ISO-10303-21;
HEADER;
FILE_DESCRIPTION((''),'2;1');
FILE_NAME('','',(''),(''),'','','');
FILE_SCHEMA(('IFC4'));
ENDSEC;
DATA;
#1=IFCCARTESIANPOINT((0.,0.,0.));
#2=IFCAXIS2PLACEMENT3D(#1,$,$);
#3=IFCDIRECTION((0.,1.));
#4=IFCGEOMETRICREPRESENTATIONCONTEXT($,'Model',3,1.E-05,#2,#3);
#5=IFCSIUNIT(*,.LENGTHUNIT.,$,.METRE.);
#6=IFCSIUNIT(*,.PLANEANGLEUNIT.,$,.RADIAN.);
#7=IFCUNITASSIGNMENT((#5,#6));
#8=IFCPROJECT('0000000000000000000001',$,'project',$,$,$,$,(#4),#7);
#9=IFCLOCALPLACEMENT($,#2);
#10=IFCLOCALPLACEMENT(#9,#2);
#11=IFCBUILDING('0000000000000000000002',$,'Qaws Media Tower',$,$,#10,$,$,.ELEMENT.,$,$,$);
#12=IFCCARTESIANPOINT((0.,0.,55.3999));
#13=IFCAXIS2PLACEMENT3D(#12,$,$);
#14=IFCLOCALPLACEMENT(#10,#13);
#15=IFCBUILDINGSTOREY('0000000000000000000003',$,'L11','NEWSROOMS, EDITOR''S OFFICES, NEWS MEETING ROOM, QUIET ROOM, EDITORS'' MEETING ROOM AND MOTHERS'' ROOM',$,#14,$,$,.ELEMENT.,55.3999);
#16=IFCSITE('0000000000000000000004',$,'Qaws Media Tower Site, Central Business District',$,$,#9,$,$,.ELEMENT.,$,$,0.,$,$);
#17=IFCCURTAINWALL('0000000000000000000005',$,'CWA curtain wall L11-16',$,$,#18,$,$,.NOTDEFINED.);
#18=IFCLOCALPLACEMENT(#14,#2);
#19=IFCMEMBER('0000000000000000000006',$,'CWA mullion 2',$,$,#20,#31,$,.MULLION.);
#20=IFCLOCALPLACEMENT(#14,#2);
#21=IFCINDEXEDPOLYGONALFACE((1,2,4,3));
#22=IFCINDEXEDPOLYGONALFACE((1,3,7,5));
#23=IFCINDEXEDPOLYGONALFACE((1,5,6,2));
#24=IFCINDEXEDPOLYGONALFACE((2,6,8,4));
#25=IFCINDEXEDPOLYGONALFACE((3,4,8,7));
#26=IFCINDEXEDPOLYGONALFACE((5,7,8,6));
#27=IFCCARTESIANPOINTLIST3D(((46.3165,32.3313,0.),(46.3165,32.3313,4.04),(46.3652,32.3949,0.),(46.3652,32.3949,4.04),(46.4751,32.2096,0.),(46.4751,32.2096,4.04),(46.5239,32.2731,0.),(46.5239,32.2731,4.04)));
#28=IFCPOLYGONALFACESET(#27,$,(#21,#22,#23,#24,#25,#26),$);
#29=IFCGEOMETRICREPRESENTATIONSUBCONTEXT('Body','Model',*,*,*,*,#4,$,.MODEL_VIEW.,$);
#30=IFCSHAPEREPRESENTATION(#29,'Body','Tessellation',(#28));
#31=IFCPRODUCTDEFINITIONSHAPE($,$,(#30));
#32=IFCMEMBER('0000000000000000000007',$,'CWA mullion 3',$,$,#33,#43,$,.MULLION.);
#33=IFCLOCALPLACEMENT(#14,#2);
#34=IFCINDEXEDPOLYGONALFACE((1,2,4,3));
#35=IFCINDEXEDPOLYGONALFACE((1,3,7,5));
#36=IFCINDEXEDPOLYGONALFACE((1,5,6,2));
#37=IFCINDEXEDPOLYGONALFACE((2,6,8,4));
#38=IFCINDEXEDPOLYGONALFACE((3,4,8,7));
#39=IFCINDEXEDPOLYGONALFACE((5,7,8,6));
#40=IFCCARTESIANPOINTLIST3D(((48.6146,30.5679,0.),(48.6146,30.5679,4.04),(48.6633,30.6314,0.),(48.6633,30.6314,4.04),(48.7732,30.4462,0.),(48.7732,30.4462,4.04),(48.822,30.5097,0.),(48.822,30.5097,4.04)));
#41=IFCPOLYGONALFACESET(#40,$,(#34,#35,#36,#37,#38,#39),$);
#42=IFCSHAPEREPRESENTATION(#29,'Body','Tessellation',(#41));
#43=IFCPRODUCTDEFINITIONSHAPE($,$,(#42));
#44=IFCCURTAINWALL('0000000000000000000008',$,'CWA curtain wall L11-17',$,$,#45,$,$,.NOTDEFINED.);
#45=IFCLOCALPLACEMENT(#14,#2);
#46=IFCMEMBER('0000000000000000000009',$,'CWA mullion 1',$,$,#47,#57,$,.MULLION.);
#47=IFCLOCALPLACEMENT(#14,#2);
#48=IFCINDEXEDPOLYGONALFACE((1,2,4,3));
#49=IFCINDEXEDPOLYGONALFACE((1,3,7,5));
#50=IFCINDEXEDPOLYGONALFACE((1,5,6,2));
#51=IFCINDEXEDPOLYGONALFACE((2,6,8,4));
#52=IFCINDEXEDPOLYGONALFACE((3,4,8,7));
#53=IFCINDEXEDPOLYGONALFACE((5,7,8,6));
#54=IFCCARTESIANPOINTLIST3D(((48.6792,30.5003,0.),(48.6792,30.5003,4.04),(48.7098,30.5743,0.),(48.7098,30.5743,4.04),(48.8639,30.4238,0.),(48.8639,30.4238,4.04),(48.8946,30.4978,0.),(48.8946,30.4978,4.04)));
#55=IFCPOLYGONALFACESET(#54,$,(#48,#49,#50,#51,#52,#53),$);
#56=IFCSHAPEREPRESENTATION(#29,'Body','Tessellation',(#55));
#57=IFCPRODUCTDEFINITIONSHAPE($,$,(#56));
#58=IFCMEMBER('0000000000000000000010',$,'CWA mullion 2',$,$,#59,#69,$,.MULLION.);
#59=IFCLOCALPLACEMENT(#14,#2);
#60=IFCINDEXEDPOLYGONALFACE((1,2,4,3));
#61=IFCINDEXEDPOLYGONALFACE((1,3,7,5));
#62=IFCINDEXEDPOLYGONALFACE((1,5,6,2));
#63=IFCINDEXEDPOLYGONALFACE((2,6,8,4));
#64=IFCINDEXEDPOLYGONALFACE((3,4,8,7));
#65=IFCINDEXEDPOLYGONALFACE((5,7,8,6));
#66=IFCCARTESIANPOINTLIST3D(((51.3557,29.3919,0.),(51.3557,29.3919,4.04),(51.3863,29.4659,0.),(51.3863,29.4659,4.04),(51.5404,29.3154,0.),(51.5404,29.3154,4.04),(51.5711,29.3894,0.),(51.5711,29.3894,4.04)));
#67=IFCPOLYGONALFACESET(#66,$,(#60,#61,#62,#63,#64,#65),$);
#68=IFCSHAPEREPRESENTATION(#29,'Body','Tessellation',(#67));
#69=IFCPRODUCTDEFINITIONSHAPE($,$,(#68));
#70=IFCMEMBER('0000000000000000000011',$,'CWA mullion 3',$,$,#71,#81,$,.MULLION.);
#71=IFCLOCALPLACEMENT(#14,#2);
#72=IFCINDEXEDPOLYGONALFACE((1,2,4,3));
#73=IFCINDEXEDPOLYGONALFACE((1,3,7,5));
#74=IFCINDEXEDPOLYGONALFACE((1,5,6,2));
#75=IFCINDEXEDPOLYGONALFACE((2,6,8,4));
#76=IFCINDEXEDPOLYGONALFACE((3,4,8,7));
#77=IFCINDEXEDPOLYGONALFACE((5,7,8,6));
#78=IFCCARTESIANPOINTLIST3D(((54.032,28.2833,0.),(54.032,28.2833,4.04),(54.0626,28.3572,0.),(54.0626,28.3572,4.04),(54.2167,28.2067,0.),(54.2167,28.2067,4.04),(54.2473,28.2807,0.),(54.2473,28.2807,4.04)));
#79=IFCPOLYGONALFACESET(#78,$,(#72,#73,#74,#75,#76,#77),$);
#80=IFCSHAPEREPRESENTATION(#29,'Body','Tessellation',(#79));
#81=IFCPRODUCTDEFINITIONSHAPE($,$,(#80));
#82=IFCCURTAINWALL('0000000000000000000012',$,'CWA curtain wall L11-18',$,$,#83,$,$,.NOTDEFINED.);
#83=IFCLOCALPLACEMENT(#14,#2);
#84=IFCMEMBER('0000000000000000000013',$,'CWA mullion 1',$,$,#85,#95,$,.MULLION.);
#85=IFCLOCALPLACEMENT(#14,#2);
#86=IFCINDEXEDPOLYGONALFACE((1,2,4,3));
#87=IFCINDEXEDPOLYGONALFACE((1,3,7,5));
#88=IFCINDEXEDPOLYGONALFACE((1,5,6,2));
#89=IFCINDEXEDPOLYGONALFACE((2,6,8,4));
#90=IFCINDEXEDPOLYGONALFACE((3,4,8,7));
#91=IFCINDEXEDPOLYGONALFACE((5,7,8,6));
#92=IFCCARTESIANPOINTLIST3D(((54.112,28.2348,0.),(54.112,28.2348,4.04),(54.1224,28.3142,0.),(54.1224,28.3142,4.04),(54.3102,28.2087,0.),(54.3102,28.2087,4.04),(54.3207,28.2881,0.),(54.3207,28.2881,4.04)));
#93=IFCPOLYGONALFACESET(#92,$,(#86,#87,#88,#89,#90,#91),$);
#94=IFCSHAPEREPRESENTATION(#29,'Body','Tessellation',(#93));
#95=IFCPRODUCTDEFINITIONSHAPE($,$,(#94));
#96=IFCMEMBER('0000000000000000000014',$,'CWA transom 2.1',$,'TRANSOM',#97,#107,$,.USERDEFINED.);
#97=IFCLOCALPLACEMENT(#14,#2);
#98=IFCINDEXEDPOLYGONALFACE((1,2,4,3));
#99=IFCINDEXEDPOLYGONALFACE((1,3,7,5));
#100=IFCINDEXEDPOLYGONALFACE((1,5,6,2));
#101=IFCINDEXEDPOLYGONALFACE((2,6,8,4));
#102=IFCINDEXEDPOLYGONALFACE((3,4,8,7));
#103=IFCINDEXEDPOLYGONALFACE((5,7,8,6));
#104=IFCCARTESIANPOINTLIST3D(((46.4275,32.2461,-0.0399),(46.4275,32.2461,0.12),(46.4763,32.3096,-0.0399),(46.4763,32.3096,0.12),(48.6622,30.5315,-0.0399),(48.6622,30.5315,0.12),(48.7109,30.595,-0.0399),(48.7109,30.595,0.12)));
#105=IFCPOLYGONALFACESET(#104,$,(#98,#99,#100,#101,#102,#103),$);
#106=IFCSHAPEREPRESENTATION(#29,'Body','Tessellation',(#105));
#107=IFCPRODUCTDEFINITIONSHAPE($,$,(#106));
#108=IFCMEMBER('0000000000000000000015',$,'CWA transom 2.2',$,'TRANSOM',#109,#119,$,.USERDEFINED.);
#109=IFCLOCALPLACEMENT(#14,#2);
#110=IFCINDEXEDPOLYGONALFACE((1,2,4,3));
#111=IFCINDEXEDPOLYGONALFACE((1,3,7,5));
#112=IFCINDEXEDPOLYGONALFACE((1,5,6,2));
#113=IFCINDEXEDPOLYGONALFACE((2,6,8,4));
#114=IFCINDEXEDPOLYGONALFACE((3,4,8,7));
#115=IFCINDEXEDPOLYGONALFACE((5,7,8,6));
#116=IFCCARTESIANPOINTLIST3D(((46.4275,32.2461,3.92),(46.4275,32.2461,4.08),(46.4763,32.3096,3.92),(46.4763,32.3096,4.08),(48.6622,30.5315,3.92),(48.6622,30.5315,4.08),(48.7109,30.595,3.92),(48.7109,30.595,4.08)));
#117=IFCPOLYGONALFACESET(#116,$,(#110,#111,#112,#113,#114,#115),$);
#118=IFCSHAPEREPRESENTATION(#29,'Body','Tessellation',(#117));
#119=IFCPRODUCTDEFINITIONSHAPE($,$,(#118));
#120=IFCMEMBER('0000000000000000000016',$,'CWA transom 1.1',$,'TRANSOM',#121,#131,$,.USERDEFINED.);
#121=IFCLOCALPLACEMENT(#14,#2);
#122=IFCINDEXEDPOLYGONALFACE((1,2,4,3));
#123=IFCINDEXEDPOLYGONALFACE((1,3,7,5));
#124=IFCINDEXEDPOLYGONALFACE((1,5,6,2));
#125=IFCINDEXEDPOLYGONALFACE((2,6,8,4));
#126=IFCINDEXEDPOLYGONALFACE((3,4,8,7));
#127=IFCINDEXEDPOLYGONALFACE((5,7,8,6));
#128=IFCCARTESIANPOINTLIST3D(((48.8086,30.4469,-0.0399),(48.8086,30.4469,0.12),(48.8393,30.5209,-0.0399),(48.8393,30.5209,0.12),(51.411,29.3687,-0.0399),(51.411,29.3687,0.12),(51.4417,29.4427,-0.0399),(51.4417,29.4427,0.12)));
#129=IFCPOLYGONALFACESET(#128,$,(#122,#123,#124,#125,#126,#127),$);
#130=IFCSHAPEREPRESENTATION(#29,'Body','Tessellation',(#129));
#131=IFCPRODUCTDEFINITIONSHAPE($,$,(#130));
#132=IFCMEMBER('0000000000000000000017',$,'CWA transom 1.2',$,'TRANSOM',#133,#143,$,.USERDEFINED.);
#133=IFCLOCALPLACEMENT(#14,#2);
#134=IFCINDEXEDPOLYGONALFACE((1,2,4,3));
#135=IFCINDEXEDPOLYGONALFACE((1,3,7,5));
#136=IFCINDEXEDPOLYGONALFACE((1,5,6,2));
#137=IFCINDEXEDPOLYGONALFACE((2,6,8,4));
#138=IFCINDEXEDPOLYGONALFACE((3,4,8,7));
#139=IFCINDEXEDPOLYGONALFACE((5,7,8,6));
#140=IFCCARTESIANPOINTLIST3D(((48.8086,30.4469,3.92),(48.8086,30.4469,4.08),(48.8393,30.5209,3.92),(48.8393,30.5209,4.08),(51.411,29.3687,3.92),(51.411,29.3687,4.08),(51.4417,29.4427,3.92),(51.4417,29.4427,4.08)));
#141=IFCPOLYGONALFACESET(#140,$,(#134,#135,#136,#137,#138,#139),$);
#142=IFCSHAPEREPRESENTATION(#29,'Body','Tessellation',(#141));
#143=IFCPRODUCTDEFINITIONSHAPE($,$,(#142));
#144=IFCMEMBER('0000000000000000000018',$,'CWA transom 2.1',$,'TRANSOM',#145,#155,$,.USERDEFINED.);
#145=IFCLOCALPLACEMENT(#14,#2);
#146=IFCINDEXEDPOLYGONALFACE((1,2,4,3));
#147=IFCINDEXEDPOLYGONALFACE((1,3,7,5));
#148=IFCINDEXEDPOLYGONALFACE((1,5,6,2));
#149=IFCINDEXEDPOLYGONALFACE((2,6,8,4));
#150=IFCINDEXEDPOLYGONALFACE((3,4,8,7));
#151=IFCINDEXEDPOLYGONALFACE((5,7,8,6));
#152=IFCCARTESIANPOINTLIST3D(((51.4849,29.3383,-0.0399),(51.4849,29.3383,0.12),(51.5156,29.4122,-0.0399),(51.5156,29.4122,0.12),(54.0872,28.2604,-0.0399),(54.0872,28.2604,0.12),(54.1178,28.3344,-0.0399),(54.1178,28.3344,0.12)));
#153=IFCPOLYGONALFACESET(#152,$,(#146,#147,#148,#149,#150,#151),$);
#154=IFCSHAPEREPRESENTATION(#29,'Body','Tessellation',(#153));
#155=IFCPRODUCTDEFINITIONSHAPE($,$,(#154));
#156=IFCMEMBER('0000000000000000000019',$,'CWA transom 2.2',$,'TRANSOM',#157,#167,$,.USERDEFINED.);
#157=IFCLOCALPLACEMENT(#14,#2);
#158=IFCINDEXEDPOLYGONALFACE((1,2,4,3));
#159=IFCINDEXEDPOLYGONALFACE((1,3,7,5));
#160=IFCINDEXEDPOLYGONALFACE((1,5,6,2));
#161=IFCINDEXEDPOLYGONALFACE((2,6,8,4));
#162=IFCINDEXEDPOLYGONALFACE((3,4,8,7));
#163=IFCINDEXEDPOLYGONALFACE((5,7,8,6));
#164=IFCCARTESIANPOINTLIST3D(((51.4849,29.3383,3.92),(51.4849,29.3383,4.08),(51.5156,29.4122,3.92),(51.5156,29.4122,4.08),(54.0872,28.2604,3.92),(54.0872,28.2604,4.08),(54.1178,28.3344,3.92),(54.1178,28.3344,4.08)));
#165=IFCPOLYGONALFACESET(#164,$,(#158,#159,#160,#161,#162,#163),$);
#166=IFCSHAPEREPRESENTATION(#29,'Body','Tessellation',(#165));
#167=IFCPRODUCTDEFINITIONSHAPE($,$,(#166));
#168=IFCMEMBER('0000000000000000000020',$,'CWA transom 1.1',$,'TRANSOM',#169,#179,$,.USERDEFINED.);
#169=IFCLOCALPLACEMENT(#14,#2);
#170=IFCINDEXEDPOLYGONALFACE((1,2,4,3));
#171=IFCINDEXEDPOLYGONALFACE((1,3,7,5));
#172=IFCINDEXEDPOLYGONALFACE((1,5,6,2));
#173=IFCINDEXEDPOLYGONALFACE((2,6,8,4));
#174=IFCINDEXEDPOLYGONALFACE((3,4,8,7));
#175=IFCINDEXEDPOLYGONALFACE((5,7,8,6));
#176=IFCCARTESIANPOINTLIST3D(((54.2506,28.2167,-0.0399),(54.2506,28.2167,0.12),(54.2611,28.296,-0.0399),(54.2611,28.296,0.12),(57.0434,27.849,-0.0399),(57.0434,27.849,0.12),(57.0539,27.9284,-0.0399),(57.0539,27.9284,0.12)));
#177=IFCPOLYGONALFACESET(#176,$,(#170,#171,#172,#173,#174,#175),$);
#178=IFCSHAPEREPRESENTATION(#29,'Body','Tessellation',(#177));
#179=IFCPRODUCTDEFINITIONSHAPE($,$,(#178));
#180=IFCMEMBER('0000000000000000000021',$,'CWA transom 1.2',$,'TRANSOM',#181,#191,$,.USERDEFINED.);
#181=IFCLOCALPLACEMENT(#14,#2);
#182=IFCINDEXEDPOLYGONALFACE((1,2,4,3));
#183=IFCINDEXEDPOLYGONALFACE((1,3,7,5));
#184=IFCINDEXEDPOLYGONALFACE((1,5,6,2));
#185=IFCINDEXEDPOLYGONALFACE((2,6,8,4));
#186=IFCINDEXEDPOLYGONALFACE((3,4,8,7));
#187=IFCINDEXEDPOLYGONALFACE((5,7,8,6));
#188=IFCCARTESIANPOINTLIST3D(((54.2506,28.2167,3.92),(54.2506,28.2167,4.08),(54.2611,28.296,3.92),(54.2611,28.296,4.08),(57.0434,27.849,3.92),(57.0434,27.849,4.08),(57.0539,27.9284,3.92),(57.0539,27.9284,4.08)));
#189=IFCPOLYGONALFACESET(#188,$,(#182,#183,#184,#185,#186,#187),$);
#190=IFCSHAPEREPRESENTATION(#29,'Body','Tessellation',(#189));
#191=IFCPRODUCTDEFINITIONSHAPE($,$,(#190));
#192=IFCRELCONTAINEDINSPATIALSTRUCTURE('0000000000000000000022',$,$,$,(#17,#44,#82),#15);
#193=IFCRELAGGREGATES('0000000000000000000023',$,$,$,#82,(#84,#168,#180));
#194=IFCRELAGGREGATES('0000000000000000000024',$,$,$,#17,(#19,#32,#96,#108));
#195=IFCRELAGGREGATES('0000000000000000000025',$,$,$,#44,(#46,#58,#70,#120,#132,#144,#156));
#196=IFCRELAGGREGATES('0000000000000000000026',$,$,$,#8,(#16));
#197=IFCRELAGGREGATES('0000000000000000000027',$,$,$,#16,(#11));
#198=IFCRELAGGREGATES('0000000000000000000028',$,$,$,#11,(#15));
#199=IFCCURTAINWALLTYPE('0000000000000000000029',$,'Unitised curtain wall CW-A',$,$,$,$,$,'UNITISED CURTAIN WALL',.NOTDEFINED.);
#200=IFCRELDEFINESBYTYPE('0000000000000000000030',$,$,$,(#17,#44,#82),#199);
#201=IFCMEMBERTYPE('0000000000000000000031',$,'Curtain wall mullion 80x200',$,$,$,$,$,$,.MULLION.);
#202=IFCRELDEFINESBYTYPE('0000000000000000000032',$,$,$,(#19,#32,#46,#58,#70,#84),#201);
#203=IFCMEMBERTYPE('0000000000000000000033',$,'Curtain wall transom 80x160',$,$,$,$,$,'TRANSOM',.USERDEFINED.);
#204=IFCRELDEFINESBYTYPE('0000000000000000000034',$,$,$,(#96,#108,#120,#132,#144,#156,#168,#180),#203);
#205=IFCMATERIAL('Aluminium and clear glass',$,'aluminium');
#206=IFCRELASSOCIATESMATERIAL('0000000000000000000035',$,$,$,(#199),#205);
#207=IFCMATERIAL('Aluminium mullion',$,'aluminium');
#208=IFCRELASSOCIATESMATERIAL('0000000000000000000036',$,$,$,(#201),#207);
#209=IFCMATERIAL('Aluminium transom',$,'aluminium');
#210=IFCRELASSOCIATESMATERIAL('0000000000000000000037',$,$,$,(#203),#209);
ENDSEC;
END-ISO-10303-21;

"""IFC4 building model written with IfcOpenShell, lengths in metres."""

from ifc_helpers import new_model, si_unit, direction, frame, origin, origin_2d, place, context, subcontext, project, spatial, rectangle, extrude, material, material_profile, profile_set, type_object, element, aggregate, save


model = new_model("IFC4")

# Units and contexts
model_context = context("Model", 3, precision=1e-05, world=origin(), true_north=direction((0.0, 1.0)))
body_context = subcontext(model_context, "Body", "Model", "MODEL_VIEW")
ifc_project = project(units=[si_unit("LENGTHUNIT", "METRE"), si_unit("PLANEANGLEUNIT", "RADIAN")], contexts=[model_context])

# Site, building, storey
site_placement = place(None, origin())
site = spatial("IfcSite", under=ifc_project, at=site_placement, Name="Qaws Media Tower Site, Central Business District", CompositionType="ELEMENT", RefElevation=0.0)
building_placement = place(site_placement, origin())
building = spatial("IfcBuilding", under=site, at=building_placement, Name="Qaws Media Tower", CompositionType="ELEMENT")
storey_placement = place(building_placement, frame((0.0, 0.0, 55.3999)))
storey = spatial("IfcBuildingStorey", under=building, at=storey_placement, Name="L11", Description="NEWSROOMS, EDITOR'S OFFICES, NEWS MEETING ROOM, QUIET ROOM, EDITORS' MEETING ROOM AND MOTHERS' ROOM", CompositionType="ELEMENT", Elevation=55.3999)

# Curtain walls, members
ifc_material_1 = material(Name="Aluminium and clear glass", Category="aluminium")
curtain_wall_type = type_object("IfcCurtainWallType", Name="Unitised curtain wall CW-A", ElementType="UNITISED CURTAIN WALL", PredefinedType="NOTDEFINED", material=ifc_material_1)
curtain_wall_1_placement = place(storey_placement, origin())
curtain_wall_1 = element("IfcCurtainWall", 1, at=curtain_wall_1_placement, inside=storey, type_object=curtain_wall_type, Name="CWA curtain wall L11-16", PredefinedType="NOTDEFINED")
ifc_material_2 = material(Name="Aluminium mullion", Category="aluminium")
ifc_material_profile_1 = material_profile(ifc_material_2, rectangle(XDim=0.0801, YDim=0.2, at=origin_2d()), Name="80x200")
ifc_profile_set_1 = profile_set([ifc_material_profile_1], Name="Aluminium mullion")
member_type_1 = type_object("IfcMemberType", Name="Curtain wall mullion 80x200", PredefinedType="MULLION", material=ifc_profile_set_1)
member_1_placement = place(storey_placement, frame((46.4202, 32.3022, 0.0), z_axis=(0.0, 0.0, 1.0), x_axis=(0.608761, 0.793353, 0.0)))
member_1 = element("IfcMember", 2, at=member_1_placement, type_object=member_type_1, Name="CWA mullion 2", PredefinedType="MULLION", context=body_context, shape_type="SweptSolid", body=[
    extrude(rectangle(XDim=0.0801, YDim=0.2, at=origin_2d()), origin(), (0.0, 0.0, 1.0), 4.04),
])
member_2_placement = place(storey_placement, frame((48.7183, 30.5388, 0.0), z_axis=(0.0, 0.0, 1.0), x_axis=(0.608761, 0.793353, 0.0)))
member_2 = element("IfcMember", 3, at=member_2_placement, type_object=member_type_1, Name="CWA mullion 3", PredefinedType="MULLION", context=body_context, shape_type="SweptSolid", body=[
    extrude(rectangle(XDim=0.0801, YDim=0.2, at=origin_2d()), origin(), (0.0, 0.0, 1.0), 4.04),
])
curtain_wall_2_placement = place(storey_placement, origin())
curtain_wall_2 = element("IfcCurtainWall", 4, at=curtain_wall_2_placement, inside=storey, type_object=curtain_wall_type, Name="CWA curtain wall L11-17", PredefinedType="NOTDEFINED")
member_3_placement = place(storey_placement, frame((48.7869, 30.499, 0.0), z_axis=(0.0, 0.0, 1.0), x_axis=(0.382683, 0.92388, 0.0)))
member_3 = element("IfcMember", 5, at=member_3_placement, type_object=member_type_1, Name="CWA mullion 1", PredefinedType="MULLION", context=body_context, shape_type="SweptSolid", body=[
    extrude(rectangle(XDim=0.0801, YDim=0.2, at=origin_2d()), origin(), (0.0, 0.0, 1.0), 4.04),
])
member_4_placement = place(storey_placement, frame((51.4634, 29.3906, 0.0), z_axis=(0.0, 0.0, 1.0), x_axis=(0.382683, 0.92388, 0.0)))
member_4 = element("IfcMember", 6, at=member_4_placement, type_object=member_type_1, Name="CWA mullion 2", PredefinedType="MULLION", context=body_context, shape_type="SweptSolid", body=[
    extrude(rectangle(XDim=0.0801, YDim=0.2, at=origin_2d()), origin(), (0.0, 0.0, 1.0), 4.04),
])
member_5_placement = place(storey_placement, frame((54.1396, 28.282, 0.0), z_axis=(0.0, 0.0, 1.0), x_axis=(0.382683, 0.92388, 0.0)))
member_5 = element("IfcMember", 7, at=member_5_placement, type_object=member_type_1, Name="CWA mullion 3", PredefinedType="MULLION", context=body_context, shape_type="SweptSolid", body=[
    extrude(rectangle(XDim=0.0801, YDim=0.2, at=origin_2d()), origin(), (0.0, 0.0, 1.0), 4.04),
])

# Curtain wall, member
curtain_wall_3_placement = place(storey_placement, origin())
curtain_wall_3 = element("IfcCurtainWall", 8, at=curtain_wall_3_placement, inside=storey, type_object=curtain_wall_type, Name="CWA curtain wall L11-18", PredefinedType="NOTDEFINED")
member_6_placement = place(storey_placement, frame((54.2163, 28.2615, 0.0), z_axis=(0.0, 0.0, 1.0), x_axis=(0.130526, 0.991445, 0.0)))
member_6 = element("IfcMember", 9, at=member_6_placement, type_object=member_type_1, Name="CWA mullion 1", PredefinedType="MULLION", context=body_context, shape_type="SweptSolid", body=[
    extrude(rectangle(XDim=0.0801, YDim=0.2, at=origin_2d()), origin(), (0.0, 0.0, 1.0), 4.04),
])

# Members
ifc_material_3 = material(Name="Aluminium transom", Category="aluminium")
ifc_material_profile_2 = material_profile(ifc_material_3, rectangle(XDim=0.0801, YDim=0.1599, at=origin_2d()), Name="80x160")
ifc_profile_set_2 = profile_set([ifc_material_profile_2], Name="Aluminium transom")
member_type_2 = type_object("IfcMemberType", Name="Curtain wall transom 80x160", ElementType="TRANSOM", PredefinedType="USERDEFINED", material=ifc_profile_set_2)
member_7_placement = place(storey_placement, frame((46.4519, 32.2778, 0.04), z_axis=(0.793368, -0.608743, 0.0), x_axis=(0.608743, 0.793368, 0.0)))
member_7 = element("IfcMember", 10, at=member_7_placement, type_object=member_type_2, Name="CWA transom 2.1", ObjectType="TRANSOM", PredefinedType="USERDEFINED", context=body_context, shape_type="SweptSolid", body=[
    extrude(rectangle(XDim=0.0801, YDim=0.1599, at=origin_2d()), origin(), (0.0, 0.0, 1.0), 2.8167),
])
member_8_placement = place(storey_placement, frame((46.4519, 32.2778, 4.0), z_axis=(0.793368, -0.608743, 0.0), x_axis=(0.608743, 0.793368, 0.0)))
member_8 = element("IfcMember", 11, at=member_8_placement, type_object=member_type_2, Name="CWA transom 2.2", ObjectType="TRANSOM", PredefinedType="USERDEFINED", context=body_context, shape_type="SweptSolid", body=[
    extrude(rectangle(XDim=0.0801, YDim=0.1599, at=origin_2d()), origin(), (0.0, 0.0, 1.0), 2.8167),
])
member_9_placement = place(storey_placement, frame((48.824, 30.4839, 0.04), z_axis=(0.923852, -0.38275, 0.0), x_axis=(0.38275, 0.923852, 0.0)))
member_9 = element("IfcMember", 12, at=member_9_placement, type_object=member_type_2, Name="CWA transom 1.1", ObjectType="TRANSOM", PredefinedType="USERDEFINED", context=body_context, shape_type="SweptSolid", body=[
    extrude(rectangle(XDim=0.0801, YDim=0.1599, at=origin_2d()), origin(), (0.0, 0.0, 1.0), 2.8169),
])
member_10_placement = place(storey_placement, frame((48.824, 30.4839, 4.0), z_axis=(0.923852, -0.38275, 0.0), x_axis=(0.38275, 0.923852, 0.0)))
member_10 = element("IfcMember", 13, at=member_10_placement, type_object=member_type_2, Name="CWA transom 1.2", ObjectType="TRANSOM", PredefinedType="USERDEFINED", context=body_context, shape_type="SweptSolid", body=[
    extrude(rectangle(XDim=0.0801, YDim=0.1599, at=origin_2d()), origin(), (0.0, 0.0, 1.0), 2.8169),
])
member_11_placement = place(storey_placement, frame((51.5002, 29.3752, 0.04), z_axis=(0.923883, -0.382676, 0.0), x_axis=(0.382676, 0.923883, 0.0)))
member_11 = element("IfcMember", 14, at=member_11_placement, type_object=member_type_2, Name="CWA transom 2.1", ObjectType="TRANSOM", PredefinedType="USERDEFINED", context=body_context, shape_type="SweptSolid", body=[
    extrude(rectangle(XDim=0.0801, YDim=0.1599, at=origin_2d()), origin(), (0.0, 0.0, 1.0), 2.8167),
])
member_12_placement = place(storey_placement, frame((51.5002, 29.3752, 4.0), z_axis=(0.923883, -0.382676, 0.0), x_axis=(0.382676, 0.923883, 0.0)))
member_12 = element("IfcMember", 15, at=member_12_placement, type_object=member_type_2, Name="CWA transom 2.2", ObjectType="TRANSOM", PredefinedType="USERDEFINED", context=body_context, shape_type="SweptSolid", body=[
    extrude(rectangle(XDim=0.0801, YDim=0.1599, at=origin_2d()), origin(), (0.0, 0.0, 1.0), 2.8167),
])
member_13_placement = place(storey_placement, frame((54.2559, 28.2563, 0.04), z_axis=(0.991445, -0.130528, 0.0), x_axis=(0.130528, 0.991445, 0.0)))
member_13 = element("IfcMember", 16, at=member_13_placement, type_object=member_type_2, Name="CWA transom 1.1", ObjectType="TRANSOM", PredefinedType="USERDEFINED", context=body_context, shape_type="SweptSolid", body=[
    extrude(rectangle(XDim=0.0801, YDim=0.1599, at=origin_2d()), origin(), (0.0, 0.0, 1.0), 2.8169),
])
member_14_placement = place(storey_placement, frame((54.2559, 28.2563, 4.0), z_axis=(0.991445, -0.130528, 0.0), x_axis=(0.130528, 0.991445, 0.0)))
member_14 = element("IfcMember", 17, at=member_14_placement, type_object=member_type_2, Name="CWA transom 1.2", ObjectType="TRANSOM", PredefinedType="USERDEFINED", context=body_context, shape_type="SweptSolid", body=[
    extrude(rectangle(XDim=0.0801, YDim=0.1599, at=origin_2d()), origin(), (0.0, 0.0, 1.0), 2.8169),
])
aggregate(curtain_wall_3, [member_6, member_13, member_14])

aggregate(curtain_wall_1, [member_1, member_2, member_7, member_8])
aggregate(curtain_wall_2, [member_3, member_4, member_5, member_9, member_10, member_11, member_12])

save(model, "model.ifc")
